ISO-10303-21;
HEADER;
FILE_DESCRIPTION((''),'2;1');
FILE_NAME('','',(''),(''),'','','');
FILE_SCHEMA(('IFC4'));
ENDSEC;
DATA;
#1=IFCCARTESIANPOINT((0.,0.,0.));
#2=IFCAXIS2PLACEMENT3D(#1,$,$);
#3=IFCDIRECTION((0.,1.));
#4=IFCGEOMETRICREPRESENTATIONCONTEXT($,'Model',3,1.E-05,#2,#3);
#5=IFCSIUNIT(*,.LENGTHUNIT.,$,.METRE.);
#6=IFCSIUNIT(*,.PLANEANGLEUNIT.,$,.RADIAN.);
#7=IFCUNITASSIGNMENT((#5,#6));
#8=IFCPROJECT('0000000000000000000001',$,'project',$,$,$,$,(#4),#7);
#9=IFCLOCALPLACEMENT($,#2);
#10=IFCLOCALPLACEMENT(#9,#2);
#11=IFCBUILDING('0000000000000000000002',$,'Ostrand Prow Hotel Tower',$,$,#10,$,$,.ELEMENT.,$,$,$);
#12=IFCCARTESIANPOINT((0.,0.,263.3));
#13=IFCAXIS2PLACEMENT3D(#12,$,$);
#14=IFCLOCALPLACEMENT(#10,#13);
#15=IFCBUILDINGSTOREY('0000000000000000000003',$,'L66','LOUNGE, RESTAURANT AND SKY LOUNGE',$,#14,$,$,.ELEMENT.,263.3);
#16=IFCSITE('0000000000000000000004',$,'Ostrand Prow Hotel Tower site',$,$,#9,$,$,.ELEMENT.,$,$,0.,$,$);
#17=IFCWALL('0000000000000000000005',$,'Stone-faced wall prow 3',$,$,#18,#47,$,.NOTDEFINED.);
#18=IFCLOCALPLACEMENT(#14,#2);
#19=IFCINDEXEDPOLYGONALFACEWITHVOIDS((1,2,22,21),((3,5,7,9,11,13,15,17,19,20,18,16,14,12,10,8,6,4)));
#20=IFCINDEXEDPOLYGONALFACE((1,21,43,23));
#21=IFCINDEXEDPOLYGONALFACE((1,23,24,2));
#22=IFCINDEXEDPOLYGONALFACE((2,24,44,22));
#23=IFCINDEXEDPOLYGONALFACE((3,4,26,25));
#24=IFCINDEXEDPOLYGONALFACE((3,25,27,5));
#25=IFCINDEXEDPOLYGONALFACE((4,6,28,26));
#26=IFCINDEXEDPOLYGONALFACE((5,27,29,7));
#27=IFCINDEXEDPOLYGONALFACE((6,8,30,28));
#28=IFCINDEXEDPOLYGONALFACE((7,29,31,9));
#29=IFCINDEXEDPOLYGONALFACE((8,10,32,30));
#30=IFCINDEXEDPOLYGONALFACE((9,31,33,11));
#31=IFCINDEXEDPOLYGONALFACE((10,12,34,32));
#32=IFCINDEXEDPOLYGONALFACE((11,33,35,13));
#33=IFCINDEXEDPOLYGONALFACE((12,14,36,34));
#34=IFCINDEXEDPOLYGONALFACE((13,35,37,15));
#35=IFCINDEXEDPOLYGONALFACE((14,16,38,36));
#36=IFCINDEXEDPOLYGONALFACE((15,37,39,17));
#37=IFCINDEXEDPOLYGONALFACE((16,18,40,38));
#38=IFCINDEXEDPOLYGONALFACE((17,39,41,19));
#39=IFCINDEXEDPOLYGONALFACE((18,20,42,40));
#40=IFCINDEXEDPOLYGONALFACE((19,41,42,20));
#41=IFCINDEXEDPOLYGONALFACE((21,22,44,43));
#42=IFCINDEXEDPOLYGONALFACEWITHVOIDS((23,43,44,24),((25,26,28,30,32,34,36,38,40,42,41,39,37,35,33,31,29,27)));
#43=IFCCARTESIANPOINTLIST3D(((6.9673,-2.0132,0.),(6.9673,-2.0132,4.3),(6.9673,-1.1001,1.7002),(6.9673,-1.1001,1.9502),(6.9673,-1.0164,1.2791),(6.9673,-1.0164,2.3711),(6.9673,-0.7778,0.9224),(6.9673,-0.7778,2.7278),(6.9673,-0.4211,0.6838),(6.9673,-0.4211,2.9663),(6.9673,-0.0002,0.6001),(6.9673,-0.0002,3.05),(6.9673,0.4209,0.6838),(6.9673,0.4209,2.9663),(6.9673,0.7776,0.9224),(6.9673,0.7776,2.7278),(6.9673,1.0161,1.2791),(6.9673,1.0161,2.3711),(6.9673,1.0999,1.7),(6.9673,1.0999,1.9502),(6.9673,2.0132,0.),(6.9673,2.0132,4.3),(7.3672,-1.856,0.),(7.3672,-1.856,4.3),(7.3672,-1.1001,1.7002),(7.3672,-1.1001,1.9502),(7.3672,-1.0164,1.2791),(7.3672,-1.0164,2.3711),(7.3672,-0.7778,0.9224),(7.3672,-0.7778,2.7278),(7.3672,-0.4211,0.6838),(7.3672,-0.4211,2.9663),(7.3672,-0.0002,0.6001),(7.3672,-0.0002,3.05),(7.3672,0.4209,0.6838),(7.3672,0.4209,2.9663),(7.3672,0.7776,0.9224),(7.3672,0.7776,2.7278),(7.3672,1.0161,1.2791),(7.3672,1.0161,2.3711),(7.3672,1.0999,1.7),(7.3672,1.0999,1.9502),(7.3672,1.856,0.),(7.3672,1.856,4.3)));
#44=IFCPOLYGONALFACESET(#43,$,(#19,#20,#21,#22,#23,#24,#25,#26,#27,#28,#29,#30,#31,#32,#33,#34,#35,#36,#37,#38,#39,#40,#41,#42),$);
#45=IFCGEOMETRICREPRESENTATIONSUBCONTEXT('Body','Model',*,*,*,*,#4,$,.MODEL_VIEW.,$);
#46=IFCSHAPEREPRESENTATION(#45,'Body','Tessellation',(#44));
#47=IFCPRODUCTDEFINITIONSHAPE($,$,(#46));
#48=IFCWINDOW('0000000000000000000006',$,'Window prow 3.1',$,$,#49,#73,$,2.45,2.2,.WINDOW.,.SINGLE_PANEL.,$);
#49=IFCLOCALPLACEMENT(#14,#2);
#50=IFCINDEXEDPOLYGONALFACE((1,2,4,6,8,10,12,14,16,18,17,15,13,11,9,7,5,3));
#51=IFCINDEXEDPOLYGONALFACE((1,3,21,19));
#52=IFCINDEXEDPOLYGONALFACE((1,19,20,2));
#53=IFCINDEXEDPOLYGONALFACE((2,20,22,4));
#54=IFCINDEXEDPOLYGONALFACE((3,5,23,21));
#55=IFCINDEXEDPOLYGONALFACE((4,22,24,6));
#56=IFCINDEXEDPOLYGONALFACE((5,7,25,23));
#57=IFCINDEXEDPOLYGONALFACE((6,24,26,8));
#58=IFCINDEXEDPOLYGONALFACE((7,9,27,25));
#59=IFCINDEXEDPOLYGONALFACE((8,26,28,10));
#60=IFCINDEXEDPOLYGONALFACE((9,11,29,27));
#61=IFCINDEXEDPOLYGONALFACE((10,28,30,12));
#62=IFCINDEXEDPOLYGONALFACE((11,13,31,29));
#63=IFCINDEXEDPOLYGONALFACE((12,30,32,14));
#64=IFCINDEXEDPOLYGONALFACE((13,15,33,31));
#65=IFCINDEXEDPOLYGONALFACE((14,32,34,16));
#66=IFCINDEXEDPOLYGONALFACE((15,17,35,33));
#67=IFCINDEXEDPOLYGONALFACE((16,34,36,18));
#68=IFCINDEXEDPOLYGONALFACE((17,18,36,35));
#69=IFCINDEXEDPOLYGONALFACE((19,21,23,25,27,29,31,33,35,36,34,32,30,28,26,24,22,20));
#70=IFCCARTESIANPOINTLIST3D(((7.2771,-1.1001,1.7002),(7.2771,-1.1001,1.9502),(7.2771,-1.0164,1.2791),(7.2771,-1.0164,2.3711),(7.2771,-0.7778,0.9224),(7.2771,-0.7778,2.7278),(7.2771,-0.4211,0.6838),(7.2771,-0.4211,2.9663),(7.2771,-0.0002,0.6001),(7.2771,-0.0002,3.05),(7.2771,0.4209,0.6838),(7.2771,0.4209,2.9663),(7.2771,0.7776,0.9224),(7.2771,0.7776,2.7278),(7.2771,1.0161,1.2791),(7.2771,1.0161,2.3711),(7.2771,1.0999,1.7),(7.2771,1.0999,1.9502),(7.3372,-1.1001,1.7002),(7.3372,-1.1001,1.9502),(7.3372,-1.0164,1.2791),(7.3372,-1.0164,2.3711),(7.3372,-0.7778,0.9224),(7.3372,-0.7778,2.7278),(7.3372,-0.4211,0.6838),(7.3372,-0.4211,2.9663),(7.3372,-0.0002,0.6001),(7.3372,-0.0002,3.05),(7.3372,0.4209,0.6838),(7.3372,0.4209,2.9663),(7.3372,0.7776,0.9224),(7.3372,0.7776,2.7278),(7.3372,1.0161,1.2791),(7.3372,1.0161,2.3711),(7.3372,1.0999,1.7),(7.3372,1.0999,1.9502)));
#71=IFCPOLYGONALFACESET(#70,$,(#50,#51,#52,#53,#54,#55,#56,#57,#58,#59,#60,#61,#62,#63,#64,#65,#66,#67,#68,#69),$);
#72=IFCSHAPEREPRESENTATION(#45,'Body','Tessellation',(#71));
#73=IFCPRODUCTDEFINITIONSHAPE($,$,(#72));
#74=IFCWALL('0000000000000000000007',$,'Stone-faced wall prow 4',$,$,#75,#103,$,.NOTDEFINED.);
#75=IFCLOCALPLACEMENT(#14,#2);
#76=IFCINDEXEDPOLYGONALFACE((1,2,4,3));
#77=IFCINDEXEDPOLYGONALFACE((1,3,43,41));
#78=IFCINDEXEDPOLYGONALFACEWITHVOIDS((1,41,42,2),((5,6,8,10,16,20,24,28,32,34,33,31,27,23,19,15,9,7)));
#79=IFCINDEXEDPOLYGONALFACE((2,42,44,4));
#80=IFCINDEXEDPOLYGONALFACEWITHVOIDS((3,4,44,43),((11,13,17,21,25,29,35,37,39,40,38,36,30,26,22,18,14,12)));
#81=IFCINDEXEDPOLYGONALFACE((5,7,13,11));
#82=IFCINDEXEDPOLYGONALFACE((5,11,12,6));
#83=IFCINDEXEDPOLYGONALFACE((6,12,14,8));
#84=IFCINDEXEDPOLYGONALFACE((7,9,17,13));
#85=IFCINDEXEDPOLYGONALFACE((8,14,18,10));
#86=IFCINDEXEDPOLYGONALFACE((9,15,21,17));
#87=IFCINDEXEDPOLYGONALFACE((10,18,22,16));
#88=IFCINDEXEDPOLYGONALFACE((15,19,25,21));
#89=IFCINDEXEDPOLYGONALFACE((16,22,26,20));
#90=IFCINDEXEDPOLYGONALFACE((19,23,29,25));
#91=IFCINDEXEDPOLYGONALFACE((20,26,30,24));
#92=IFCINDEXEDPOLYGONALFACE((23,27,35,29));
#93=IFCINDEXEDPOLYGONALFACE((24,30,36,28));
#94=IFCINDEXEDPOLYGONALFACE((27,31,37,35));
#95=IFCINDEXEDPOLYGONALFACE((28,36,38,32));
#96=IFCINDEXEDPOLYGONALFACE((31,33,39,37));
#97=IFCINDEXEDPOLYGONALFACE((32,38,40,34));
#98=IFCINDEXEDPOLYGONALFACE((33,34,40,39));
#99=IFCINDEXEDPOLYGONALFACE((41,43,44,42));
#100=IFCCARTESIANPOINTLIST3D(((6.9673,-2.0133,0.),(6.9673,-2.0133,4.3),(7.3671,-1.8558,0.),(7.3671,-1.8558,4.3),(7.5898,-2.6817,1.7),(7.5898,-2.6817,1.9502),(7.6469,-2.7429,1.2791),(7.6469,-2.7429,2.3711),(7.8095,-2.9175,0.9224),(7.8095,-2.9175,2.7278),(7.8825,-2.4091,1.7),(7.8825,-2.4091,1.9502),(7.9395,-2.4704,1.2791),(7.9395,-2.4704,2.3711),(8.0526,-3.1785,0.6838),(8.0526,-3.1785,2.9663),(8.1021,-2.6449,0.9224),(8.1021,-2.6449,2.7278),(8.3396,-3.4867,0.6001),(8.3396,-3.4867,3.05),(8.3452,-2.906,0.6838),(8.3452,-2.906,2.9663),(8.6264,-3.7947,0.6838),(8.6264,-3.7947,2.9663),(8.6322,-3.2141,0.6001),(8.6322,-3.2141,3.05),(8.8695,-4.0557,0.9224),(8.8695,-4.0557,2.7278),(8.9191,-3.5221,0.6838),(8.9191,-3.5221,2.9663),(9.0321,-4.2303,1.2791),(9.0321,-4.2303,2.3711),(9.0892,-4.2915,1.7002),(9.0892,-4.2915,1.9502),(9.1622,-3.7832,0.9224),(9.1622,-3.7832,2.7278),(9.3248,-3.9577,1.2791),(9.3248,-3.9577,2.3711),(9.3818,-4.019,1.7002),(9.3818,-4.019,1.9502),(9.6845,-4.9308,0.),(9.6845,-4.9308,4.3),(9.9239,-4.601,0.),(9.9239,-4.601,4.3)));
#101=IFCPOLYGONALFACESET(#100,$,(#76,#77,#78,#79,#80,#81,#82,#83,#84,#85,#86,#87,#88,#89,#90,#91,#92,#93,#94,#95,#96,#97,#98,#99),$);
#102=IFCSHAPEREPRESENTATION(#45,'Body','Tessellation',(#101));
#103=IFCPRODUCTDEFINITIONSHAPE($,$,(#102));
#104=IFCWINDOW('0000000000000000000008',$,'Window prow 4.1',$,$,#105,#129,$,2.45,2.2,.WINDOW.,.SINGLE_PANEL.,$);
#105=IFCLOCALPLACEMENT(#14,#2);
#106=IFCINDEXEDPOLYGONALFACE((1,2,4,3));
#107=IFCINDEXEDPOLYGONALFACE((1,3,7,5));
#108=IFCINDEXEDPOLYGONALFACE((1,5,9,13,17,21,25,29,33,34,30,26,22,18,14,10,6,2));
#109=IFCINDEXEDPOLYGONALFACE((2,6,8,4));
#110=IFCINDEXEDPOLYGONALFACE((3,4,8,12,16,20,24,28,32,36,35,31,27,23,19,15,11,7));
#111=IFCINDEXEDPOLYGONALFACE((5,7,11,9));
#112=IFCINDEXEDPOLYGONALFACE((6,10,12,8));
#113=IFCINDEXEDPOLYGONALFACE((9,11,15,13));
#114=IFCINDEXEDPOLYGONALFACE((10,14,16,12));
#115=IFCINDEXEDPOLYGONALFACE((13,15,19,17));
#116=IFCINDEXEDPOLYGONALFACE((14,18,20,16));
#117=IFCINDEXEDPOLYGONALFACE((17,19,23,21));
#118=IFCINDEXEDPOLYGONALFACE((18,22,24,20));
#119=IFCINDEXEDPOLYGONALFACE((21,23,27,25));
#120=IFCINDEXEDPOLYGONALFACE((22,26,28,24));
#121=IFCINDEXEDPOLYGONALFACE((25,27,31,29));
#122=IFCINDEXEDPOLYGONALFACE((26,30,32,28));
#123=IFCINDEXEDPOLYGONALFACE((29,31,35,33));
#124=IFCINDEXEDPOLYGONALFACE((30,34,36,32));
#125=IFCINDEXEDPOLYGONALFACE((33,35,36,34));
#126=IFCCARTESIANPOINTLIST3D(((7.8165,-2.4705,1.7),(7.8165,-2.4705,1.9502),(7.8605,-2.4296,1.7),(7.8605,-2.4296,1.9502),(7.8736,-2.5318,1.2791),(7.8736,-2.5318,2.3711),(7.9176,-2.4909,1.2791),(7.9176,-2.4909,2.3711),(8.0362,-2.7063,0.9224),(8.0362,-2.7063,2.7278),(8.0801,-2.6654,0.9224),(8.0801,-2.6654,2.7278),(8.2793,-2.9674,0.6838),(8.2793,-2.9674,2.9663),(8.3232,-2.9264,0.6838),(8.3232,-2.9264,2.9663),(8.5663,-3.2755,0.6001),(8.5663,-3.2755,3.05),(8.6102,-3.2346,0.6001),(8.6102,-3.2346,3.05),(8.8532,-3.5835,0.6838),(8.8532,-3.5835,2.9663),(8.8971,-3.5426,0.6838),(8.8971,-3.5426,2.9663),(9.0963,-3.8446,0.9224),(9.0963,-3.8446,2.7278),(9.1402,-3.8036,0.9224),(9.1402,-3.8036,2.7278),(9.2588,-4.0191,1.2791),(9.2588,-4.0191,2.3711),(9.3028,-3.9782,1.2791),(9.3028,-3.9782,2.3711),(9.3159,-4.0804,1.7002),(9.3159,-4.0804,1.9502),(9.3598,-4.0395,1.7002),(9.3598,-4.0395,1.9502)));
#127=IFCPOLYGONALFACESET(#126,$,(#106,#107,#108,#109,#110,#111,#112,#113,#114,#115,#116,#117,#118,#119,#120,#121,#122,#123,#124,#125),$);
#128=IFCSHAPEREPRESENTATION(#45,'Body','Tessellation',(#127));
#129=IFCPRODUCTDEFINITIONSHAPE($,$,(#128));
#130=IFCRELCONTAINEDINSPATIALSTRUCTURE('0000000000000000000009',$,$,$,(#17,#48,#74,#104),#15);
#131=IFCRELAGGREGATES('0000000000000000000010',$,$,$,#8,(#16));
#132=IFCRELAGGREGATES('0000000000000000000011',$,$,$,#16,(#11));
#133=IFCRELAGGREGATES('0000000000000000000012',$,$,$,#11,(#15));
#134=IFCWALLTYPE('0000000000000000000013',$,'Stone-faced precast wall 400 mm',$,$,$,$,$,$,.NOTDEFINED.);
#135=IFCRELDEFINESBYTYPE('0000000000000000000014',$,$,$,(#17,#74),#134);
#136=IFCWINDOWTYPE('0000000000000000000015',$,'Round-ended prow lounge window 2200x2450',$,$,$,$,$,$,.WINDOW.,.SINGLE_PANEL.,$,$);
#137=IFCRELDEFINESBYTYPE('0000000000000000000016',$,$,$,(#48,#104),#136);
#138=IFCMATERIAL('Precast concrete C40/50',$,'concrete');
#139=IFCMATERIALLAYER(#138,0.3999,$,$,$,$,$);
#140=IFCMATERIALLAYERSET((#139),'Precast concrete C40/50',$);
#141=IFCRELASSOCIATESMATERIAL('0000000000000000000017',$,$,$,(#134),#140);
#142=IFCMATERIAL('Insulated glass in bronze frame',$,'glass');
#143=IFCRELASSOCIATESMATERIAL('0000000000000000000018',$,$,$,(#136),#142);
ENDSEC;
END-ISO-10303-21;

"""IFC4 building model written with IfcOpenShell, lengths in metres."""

from ifc_helpers import new_model, si_unit, direction, frame, origin, place, context, subcontext, project, spatial, polyline, outline, extrude, material, layer, layer_set, type_object, element, fill, save


model = new_model("IFC4")

# Units and contexts
model_context = context("Model", 3, precision=1e-05, world=origin(), true_north=direction((0.0, 1.0)))
body_context = subcontext(model_context, "Body", "Model", "MODEL_VIEW")
ifc_project = project(units=[si_unit("LENGTHUNIT", "METRE"), si_unit("PLANEANGLEUNIT", "RADIAN")], contexts=[model_context])

# Site, building, storey
site_placement = place(None, origin())
site = spatial("IfcSite", under=ifc_project, at=site_placement, Name="Ostrand Prow Hotel Tower site", CompositionType="ELEMENT", RefElevation=0.0)
building_placement = place(site_placement, origin())
building = spatial("IfcBuilding", under=site, at=building_placement, Name="Ostrand Prow Hotel Tower", CompositionType="ELEMENT")
storey_placement = place(building_placement, frame((0.0, 0.0, 263.3)))
storey = spatial("IfcBuildingStorey", under=building, at=storey_placement, Name="L66", Description="LOUNGE, RESTAURANT AND SKY LOUNGE", CompositionType="ELEMENT", Elevation=263.3)

# Walls, openings, windows
ifc_material_1 = material(Name="Precast concrete C40/50", Category="concrete")
ifc_layer_1 = layer(ifc_material_1, 0.3999)
ifc_layer_set_1 = layer_set([ifc_layer_1], Name="Precast concrete C40/50")
wall_type_1 = type_object("IfcWallType", Name="Stone-faced precast wall 400 mm", PredefinedType="NOTDEFINED", material=ifc_layer_set_1)
ifc_material_2 = material(Name="Insulated glass in bronze frame", Category="glass")
window_type = type_object("IfcWindowType", Name="Round-ended prow lounge window 2200x2450", PartitioningType="SINGLE_PANEL", PredefinedType="WINDOW", material=ifc_material_2)
wall_1_placement = place(storey_placement, frame((7.1672, 1.9346, 0.0), z_axis=(0.0, 0.0, 1.0), x_axis=(0.0, -1.0, 0.0)))
wall_1 = element("IfcWall", 1, at=wall_1_placement, inside=storey, type_object=wall_type_1, Name="Stone-faced wall prow 3", PredefinedType="NOTDEFINED", context=body_context, shape_type="SweptSolid", body=[
    extrude(outline(polyline([(-0.0786, -0.2), (3.9478, -0.2), (3.7905, 0.2), (0.0786, 0.2), (-0.0786, -0.2)])), origin(), (0.0, 0.0, 1.0), 4.3),
])
opening_1_placement = place(wall_1_placement, frame((0.8347, 0.0, 0.6001)))
opening_1 = element("IfcOpeningElement", 2, at=opening_1_placement, cuts=wall_1, PredefinedType="OPENING", context=body_context, shape_type="SweptSolid", body=[
    extrude(outline(polyline([(0.0, 1.3501), (0.0837, 1.771), (0.3223, 2.1277), (0.679, 2.3662), (1.1001, 2.45), (1.521, 2.3662), (1.8777, 2.1277), (2.1162, 1.771), (2.2, 1.3501), (2.2, 1.1001), (2.1162, 0.679), (1.8777, 0.3223), (1.521, 0.0837), (1.1001, 0.0), (0.679, 0.0837), (0.3223, 0.3223), (0.0837, 0.679), (0.0, 1.0999), (0.0, 1.3501)])), frame((0.0, 0.21, 0.0), z_axis=(0.0, -1.0, 0.0), x_axis=(1.0, 0.0, 0.0)), (0.0, 0.0, 1.0), 0.4199),
])
window_1_placement = place(opening_1_placement, origin())
window_1 = element("IfcWindow", 3, at=window_1_placement, inside=storey, type_object=window_type, Name="Window prow 3.1", OverallHeight=2.45, OverallWidth=2.2, PartitioningType="SINGLE_PANEL", PredefinedType="WINDOW", context=body_context, shape_type="SweptSolid", body=[
    extrude(outline(polyline([(0.0, 1.3501), (0.0837, 1.771), (0.3223, 2.1277), (0.679, 2.3662), (1.1001, 2.45), (1.521, 2.3662), (1.8777, 2.1277), (2.1162, 1.771), (2.2, 1.3501), (2.2, 1.1001), (2.1162, 0.679), (1.8777, 0.3223), (1.521, 0.0837), (1.1001, 0.0), (0.679, 0.0837), (0.3223, 0.3223), (0.0837, 0.679), (0.0, 1.0999), (0.0, 1.3501)])), frame((0.0, 0.1699, 0.0), z_axis=(0.0, -1.0, 0.0), x_axis=(1.0, 0.0, 0.0)), (0.0, 0.0, 1.0), 0.0601),
])
fill(opening_1, window_1)
wall_2_placement = place(storey_placement, frame((7.1672, -1.9346, 0.0), z_axis=(0.0, 0.0, 1.0), x_axis=(0.681547, -0.731775, 0.0)))
wall_2 = element("IfcWall", 4, at=wall_2_placement, inside=storey, type_object=wall_type_1, Name="Stone-faced wall prow 4", PredefinedType="NOTDEFINED", context=body_context, shape_type="SweptSolid", body=[
    extrude(outline(polyline([(-0.0786, -0.2), (3.9082, -0.2), (3.8301, 0.2), (0.0786, 0.2), (-0.0786, -0.2)])), origin(), (0.0, 0.0, 1.0), 4.3),
])
opening_2_placement = place(wall_2_placement, frame((0.8347, 0.0, 0.6001)))
opening_2 = element("IfcOpeningElement", 5, at=opening_2_placement, cuts=wall_2, PredefinedType="OPENING", context=body_context, shape_type="SweptSolid", body=[
    extrude(outline(polyline([(0.0, 1.3501), (0.0837, 1.771), (0.3223, 2.1277), (0.679, 2.3662), (1.1001, 2.45), (1.521, 2.3662), (1.8777, 2.1277), (2.1162, 1.771), (2.2, 1.3501), (2.2, 1.1001), (2.1162, 0.679), (1.8777, 0.3223), (1.521, 0.0837), (1.1001, 0.0), (0.679, 0.0837), (0.3223, 0.3223), (0.0837, 0.679), (0.0, 1.0999), (0.0, 1.3501)])), frame((0.0, 0.21, 0.0), z_axis=(0.0, -1.0, 0.0), x_axis=(1.0, 0.0, 0.0)), (0.0, 0.0, 1.0), 0.4199),
])
window_2_placement = place(opening_2_placement, origin())
window_2 = element("IfcWindow", 6, at=window_2_placement, inside=storey, type_object=window_type, Name="Window prow 4.1", OverallHeight=2.45, OverallWidth=2.2, PartitioningType="SINGLE_PANEL", PredefinedType="WINDOW", context=body_context, shape_type="SweptSolid", body=[
    extrude(outline(polyline([(0.0, 1.3501), (0.0837, 1.771), (0.3223, 2.1277), (0.679, 2.3662), (1.1001, 2.45), (1.521, 2.3662), (1.8777, 2.1277), (2.1162, 1.771), (2.2, 1.3501), (2.2, 1.1001), (2.1162, 0.679), (1.8777, 0.3223), (1.521, 0.0837), (1.1001, 0.0), (0.679, 0.0837), (0.3223, 0.3223), (0.0837, 0.679), (0.0, 1.0999), (0.0, 1.3501)])), frame((0.0, 0.1699, 0.0), z_axis=(0.0, -1.0, 0.0), x_axis=(1.0, 0.0, 0.0)), (0.0, 0.0, 1.0), 0.0601),
])
fill(opening_2, window_2)

save(model, "model.ifc")
